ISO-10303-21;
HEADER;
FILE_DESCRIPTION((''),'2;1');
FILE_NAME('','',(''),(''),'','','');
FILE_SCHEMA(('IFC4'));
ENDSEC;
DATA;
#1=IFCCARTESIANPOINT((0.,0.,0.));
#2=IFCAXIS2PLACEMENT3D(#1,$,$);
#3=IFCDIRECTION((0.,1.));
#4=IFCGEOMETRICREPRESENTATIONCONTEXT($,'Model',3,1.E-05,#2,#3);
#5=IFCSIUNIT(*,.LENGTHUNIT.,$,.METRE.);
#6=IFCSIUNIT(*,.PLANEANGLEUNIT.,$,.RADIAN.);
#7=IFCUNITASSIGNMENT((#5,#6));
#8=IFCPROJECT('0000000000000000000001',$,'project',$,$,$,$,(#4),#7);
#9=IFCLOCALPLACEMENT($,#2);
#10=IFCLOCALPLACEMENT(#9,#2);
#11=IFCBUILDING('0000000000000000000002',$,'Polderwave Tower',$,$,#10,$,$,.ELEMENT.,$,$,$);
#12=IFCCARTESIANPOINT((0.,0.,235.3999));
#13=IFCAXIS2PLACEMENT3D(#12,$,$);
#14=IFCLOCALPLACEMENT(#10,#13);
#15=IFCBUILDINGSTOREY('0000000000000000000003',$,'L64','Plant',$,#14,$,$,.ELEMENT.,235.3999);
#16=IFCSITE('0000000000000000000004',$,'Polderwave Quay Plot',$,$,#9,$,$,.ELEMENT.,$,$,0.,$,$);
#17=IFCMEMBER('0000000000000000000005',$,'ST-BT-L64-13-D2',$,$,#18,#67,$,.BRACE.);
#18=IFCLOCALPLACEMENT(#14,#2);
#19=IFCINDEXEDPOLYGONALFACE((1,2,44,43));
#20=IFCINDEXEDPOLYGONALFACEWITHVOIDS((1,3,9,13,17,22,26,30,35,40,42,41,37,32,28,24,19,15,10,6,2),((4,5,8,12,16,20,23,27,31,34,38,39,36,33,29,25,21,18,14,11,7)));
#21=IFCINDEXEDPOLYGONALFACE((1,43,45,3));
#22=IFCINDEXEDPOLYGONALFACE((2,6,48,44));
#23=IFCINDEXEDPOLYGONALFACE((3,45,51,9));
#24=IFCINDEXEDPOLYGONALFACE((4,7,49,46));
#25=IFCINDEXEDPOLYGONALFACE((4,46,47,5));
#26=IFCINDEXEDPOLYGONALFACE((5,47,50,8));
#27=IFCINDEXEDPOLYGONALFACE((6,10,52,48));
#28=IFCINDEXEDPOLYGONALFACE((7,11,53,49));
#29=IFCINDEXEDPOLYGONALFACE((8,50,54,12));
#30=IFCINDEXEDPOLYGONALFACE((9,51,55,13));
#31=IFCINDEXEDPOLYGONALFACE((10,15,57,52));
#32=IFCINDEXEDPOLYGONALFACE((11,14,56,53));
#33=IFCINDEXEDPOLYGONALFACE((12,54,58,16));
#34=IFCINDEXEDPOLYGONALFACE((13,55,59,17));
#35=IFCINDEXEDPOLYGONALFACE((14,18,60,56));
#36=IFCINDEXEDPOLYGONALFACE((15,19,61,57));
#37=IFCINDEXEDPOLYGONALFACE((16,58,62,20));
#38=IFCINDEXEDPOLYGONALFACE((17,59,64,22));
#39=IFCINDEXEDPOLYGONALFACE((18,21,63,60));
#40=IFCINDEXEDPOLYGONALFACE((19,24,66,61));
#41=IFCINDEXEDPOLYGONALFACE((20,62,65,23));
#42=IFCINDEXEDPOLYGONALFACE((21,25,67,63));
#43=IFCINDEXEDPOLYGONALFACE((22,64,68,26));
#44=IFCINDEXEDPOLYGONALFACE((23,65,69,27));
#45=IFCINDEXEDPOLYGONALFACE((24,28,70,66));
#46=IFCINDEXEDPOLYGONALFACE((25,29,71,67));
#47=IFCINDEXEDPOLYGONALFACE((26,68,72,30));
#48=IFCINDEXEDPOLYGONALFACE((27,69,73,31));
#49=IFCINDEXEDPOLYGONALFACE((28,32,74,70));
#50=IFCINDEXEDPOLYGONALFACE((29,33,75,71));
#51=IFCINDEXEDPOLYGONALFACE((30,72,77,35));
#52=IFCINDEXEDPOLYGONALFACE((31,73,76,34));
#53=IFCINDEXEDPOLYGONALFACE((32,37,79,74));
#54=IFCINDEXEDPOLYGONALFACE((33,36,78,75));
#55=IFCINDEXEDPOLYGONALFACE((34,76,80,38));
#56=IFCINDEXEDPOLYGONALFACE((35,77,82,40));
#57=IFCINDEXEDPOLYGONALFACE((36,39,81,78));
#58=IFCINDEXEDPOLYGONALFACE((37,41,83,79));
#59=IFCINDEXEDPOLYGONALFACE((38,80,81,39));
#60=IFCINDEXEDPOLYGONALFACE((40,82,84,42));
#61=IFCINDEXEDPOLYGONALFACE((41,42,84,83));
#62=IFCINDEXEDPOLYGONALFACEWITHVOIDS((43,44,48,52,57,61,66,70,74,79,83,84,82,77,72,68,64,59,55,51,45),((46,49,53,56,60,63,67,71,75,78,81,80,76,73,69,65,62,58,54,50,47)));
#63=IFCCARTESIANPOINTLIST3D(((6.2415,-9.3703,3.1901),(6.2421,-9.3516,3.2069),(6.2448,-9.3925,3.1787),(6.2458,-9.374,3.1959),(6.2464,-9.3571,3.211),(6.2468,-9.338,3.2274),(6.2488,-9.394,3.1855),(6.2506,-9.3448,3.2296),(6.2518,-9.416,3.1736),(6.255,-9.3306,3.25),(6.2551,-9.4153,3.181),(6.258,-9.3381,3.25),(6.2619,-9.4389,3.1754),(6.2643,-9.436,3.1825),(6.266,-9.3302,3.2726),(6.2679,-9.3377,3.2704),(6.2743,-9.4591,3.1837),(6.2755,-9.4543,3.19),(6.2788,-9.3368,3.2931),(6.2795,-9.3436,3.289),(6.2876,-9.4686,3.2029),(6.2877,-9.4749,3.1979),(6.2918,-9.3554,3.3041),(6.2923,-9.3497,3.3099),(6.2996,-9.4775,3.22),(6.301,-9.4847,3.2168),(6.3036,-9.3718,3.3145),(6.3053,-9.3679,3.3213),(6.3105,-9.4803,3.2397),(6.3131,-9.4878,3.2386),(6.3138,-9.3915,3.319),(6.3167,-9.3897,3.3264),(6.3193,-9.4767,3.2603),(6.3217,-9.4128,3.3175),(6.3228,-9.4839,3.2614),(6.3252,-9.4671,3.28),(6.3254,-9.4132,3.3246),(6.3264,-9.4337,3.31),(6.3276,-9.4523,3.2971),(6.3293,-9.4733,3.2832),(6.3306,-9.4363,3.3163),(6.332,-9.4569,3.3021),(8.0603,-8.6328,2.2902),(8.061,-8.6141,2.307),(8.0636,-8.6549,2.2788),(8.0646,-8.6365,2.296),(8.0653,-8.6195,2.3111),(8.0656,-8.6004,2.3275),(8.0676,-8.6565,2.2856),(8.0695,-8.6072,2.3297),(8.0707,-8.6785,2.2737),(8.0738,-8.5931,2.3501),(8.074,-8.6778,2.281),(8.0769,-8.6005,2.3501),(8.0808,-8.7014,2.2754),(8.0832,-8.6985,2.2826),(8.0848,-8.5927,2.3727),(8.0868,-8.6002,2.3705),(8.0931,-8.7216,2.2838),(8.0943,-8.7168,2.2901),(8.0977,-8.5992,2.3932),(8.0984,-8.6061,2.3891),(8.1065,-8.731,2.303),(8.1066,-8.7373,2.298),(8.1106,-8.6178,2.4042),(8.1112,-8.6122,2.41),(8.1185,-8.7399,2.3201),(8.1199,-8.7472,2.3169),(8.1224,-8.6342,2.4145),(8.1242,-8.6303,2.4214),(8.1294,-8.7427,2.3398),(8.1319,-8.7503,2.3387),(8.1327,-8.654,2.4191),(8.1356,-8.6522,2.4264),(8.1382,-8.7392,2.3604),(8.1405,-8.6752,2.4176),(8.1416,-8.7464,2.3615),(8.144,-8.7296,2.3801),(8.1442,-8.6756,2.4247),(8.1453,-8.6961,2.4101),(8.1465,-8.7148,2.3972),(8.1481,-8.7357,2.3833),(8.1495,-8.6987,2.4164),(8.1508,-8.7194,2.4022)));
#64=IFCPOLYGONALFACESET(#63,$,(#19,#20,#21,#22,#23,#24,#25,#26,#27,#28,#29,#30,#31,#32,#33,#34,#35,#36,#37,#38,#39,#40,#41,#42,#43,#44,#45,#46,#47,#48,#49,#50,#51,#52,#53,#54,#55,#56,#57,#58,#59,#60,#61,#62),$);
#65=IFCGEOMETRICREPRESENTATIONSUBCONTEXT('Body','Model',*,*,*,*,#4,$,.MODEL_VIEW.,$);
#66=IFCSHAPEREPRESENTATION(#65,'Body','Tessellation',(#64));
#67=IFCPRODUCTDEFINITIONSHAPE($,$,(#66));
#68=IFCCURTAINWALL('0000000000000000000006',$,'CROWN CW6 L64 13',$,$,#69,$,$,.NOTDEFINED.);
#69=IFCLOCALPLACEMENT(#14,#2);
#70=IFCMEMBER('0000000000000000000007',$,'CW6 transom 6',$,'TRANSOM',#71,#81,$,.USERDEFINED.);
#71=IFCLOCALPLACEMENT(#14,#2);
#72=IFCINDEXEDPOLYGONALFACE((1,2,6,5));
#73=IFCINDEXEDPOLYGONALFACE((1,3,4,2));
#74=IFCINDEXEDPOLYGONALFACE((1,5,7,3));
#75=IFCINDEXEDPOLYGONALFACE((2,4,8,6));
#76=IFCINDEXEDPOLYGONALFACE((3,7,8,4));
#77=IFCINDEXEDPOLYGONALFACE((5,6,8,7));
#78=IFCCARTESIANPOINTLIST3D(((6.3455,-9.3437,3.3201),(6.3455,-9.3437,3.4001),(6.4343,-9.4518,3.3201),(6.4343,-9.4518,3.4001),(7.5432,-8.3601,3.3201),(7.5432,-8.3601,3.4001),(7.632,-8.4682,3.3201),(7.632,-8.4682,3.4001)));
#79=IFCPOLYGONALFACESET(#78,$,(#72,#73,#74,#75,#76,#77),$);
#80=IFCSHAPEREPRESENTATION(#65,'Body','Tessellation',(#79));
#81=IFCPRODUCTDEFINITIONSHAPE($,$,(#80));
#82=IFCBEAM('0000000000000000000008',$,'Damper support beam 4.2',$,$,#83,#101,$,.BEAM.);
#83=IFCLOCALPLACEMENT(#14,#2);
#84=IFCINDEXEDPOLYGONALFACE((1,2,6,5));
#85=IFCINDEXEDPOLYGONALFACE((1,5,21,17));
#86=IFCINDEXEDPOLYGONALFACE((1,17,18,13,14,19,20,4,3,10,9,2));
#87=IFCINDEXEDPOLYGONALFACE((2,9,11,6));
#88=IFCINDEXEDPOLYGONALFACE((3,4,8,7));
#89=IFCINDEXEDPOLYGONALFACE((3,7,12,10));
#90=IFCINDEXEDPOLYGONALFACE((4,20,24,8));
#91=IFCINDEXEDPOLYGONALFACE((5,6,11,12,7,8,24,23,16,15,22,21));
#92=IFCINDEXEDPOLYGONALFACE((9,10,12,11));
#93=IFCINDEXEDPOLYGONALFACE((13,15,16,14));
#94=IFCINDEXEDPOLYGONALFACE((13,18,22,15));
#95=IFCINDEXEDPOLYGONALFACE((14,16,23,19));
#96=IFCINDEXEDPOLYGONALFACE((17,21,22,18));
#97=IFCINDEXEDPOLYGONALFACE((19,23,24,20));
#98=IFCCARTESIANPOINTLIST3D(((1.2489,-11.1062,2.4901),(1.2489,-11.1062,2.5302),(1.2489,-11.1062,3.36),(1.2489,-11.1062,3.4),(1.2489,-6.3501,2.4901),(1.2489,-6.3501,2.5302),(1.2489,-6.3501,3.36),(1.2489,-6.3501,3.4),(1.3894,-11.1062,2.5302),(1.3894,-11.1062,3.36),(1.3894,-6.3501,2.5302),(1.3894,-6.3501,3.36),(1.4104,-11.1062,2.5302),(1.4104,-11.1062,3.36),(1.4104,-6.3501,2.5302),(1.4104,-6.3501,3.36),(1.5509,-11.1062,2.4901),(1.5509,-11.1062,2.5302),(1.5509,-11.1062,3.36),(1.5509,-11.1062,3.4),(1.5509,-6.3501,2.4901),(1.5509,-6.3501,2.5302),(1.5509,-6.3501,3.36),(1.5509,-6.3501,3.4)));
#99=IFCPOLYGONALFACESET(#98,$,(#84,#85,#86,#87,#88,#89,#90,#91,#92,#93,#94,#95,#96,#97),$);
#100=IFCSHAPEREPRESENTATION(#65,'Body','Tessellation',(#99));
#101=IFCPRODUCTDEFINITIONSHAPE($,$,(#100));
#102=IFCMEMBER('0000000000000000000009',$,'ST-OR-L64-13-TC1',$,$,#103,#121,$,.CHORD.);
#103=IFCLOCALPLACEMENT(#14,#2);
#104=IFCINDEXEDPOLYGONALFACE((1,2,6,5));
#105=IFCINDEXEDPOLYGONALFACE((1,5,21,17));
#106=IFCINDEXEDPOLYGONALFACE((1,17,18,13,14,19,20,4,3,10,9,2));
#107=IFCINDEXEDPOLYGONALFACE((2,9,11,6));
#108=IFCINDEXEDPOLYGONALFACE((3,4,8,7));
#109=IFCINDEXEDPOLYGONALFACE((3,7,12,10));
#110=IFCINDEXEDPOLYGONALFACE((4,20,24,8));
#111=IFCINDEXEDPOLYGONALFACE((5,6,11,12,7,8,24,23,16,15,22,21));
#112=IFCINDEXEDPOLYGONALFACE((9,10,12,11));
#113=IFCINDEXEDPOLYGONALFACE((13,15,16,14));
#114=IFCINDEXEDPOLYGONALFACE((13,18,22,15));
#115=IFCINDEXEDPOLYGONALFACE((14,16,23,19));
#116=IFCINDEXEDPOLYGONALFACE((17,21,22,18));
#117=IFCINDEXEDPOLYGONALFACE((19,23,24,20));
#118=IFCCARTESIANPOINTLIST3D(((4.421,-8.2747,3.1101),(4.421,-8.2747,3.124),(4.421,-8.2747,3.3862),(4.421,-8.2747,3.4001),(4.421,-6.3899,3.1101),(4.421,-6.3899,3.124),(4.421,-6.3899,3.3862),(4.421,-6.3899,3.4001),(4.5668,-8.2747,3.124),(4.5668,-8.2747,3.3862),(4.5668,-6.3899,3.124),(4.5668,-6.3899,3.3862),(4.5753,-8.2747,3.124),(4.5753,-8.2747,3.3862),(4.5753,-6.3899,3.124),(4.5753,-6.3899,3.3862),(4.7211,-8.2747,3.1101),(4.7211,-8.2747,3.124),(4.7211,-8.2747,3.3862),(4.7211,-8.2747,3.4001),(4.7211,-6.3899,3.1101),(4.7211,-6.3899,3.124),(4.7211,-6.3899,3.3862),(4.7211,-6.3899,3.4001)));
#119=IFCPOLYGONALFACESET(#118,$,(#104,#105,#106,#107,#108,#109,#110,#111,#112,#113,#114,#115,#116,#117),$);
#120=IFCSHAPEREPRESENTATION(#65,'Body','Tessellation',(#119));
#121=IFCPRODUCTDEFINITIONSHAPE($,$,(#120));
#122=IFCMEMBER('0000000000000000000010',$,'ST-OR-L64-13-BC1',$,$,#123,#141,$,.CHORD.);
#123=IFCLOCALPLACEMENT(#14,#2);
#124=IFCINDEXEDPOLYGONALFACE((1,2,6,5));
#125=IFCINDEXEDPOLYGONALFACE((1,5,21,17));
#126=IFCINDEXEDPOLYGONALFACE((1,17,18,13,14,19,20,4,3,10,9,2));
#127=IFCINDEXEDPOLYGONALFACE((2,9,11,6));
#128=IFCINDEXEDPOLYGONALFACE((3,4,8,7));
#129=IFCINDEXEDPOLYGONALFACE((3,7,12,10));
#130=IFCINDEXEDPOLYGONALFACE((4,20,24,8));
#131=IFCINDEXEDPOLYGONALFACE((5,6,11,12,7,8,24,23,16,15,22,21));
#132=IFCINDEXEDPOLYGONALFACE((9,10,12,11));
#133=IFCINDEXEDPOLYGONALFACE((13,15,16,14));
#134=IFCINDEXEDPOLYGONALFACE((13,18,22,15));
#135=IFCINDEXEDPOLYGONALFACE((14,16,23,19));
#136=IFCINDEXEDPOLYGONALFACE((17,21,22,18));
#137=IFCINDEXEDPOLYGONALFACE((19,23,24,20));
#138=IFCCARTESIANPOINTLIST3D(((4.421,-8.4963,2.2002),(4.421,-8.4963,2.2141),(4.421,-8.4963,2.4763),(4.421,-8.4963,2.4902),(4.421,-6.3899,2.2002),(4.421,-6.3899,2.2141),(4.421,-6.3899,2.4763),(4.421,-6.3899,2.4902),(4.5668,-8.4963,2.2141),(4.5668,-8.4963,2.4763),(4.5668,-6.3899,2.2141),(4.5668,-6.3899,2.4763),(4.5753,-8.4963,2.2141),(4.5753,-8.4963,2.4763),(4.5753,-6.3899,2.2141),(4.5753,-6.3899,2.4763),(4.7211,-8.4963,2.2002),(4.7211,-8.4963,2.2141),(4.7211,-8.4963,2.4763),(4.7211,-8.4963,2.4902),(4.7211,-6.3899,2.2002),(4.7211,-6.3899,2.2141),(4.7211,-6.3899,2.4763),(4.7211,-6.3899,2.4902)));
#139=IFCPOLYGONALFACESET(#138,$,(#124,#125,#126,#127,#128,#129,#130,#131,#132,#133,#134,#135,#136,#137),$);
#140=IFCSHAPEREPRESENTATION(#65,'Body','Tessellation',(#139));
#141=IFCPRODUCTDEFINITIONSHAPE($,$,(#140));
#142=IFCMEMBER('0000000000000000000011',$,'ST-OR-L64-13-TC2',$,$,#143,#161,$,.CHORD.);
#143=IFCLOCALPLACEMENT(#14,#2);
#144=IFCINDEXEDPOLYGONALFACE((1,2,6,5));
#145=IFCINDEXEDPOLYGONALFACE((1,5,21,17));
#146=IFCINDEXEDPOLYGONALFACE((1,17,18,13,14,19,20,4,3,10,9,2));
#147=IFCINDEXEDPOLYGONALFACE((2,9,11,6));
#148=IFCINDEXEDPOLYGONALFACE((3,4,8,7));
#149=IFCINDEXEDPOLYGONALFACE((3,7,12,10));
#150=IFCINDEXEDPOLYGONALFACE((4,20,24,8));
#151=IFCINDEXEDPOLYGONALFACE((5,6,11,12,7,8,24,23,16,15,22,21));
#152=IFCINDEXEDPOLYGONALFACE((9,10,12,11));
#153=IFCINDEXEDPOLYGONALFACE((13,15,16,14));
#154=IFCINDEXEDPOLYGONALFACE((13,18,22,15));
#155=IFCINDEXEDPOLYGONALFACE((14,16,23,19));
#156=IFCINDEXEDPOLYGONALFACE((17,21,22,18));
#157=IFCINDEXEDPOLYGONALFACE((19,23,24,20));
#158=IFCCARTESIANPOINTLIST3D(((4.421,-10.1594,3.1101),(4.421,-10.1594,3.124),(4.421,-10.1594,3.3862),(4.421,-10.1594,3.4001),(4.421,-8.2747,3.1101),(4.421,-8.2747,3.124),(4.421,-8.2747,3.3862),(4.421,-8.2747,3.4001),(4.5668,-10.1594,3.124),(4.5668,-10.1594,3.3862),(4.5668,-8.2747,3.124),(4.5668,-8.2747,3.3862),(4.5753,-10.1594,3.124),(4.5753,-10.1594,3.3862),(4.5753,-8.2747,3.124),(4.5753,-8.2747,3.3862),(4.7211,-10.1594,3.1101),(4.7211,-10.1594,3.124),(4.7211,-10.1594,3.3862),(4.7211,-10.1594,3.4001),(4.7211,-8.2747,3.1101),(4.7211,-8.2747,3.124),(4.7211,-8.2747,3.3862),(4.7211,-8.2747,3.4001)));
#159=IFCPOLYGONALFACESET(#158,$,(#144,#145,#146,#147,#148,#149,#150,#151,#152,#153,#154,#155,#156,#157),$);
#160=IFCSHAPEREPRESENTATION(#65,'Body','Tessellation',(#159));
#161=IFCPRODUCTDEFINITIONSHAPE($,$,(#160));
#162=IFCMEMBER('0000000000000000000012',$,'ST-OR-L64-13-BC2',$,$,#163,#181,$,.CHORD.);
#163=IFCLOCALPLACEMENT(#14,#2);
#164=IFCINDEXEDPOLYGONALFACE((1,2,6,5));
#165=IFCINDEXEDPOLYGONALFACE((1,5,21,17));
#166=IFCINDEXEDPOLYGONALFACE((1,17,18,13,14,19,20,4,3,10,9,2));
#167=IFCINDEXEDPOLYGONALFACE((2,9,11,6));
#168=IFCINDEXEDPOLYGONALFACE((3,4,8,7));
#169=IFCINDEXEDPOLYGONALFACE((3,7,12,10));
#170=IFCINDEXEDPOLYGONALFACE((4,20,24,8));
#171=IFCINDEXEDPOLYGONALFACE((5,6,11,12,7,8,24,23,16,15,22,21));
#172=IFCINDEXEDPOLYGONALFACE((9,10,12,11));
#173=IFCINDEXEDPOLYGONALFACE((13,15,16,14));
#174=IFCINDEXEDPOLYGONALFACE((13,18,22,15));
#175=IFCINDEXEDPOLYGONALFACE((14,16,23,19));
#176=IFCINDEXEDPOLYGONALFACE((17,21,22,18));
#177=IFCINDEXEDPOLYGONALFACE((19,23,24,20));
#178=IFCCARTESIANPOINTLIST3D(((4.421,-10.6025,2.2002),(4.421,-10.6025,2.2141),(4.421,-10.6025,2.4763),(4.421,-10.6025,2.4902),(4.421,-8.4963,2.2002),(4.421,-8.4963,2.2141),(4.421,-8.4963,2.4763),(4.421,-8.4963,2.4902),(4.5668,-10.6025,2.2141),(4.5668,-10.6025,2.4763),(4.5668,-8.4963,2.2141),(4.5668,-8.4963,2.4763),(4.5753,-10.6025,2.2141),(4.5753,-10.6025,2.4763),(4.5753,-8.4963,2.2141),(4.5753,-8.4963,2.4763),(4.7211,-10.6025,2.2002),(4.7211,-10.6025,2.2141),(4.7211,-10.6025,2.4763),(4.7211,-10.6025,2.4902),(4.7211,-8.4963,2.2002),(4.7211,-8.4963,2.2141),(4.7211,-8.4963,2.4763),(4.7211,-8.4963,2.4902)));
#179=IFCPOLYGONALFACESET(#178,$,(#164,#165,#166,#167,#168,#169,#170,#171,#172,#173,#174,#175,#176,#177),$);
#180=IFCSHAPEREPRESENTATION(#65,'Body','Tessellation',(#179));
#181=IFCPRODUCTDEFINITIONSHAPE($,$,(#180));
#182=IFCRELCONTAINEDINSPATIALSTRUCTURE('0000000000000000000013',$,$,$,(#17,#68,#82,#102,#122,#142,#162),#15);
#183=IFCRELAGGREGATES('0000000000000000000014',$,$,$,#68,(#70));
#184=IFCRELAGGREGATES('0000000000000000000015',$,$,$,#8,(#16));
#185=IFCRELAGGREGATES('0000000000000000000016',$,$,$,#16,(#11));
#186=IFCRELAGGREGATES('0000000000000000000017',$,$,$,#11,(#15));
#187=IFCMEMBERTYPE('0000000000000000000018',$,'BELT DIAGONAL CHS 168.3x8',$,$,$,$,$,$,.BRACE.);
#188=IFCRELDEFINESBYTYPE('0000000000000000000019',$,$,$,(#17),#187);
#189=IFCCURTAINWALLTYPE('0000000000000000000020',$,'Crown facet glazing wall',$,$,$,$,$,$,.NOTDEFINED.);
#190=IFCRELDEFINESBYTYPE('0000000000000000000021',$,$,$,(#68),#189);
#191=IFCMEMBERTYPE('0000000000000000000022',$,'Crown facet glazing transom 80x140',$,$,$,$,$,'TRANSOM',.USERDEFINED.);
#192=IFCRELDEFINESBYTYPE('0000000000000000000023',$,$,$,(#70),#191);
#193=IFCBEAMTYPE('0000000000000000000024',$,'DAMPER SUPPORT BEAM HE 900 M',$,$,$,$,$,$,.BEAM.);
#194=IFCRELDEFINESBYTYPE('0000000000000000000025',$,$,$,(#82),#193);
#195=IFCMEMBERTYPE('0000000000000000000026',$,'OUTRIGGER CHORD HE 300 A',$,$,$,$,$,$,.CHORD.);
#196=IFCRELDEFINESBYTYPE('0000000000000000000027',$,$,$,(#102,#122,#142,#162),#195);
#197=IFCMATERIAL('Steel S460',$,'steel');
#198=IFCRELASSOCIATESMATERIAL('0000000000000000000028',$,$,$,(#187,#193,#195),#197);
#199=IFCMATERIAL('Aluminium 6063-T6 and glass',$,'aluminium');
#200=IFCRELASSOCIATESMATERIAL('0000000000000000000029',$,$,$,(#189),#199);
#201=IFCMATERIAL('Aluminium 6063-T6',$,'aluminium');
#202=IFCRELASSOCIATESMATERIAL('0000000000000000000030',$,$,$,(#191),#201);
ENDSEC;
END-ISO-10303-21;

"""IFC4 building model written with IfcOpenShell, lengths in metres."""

from ifc_helpers import new_model, si_unit, direction, frame, origin, origin_2d, place, context, subcontext, project, spatial, rectangle, hollow_circle, i_section, extrude, material, material_profile, profile_set, type_object, element, aggregate, save


model = new_model("IFC4")

# Units and contexts
model_context = context("Model", 3, precision=1e-05, world=origin(), true_north=direction((0.0, 1.0)))
body_context = subcontext(model_context, "Body", "Model", "MODEL_VIEW")
ifc_project = project(units=[si_unit("LENGTHUNIT", "METRE"), si_unit("PLANEANGLEUNIT", "RADIAN")], contexts=[model_context])

# Site, building, storey
site_placement = place(None, origin())
site = spatial("IfcSite", under=ifc_project, at=site_placement, Name="Polderwave Quay Plot", CompositionType="ELEMENT", RefElevation=0.0)
building_placement = place(site_placement, origin())
building = spatial("IfcBuilding", under=site, at=building_placement, Name="Polderwave Tower", CompositionType="ELEMENT")
storey_placement = place(building_placement, frame((0.0, 0.0, 235.3999)))
storey = spatial("IfcBuildingStorey", under=building, at=storey_placement, Name="L64", Description="Plant", CompositionType="ELEMENT", Elevation=235.3999)

# Member
ifc_material_1 = material(Name="Steel S460", Category="steel")
ifc_material_profile_1 = material_profile(ifc_material_1, hollow_circle(Radius=0.0842, WallThickness=0.0081, at=origin_2d()), Name="CHS 168.3x8")
ifc_profile_set_1 = profile_set([ifc_material_profile_1], Name="Steel S460")
member_type_1 = type_object("IfcMemberType", Name="BELT DIAGONAL CHS 168.3x8", PredefinedType="BRACE", material=ifc_profile_set_1)
member_1_placement = place(storey_placement, frame((6.2866, -9.4087, 3.25), z_axis=(0.842383, 0.341589, -0.416782), x_axis=(-0.375783, 0.926708, 0.0)))
element("IfcMember", 1, at=member_1_placement, inside=storey, type_object=member_type_1, Name="ST-BT-L64-13-D2", PredefinedType="BRACE", context=body_context, shape_type="SweptSolid", body=[
    extrude(hollow_circle(Radius=0.0842, WallThickness=0.0081, at=origin_2d()), origin(), (0.0, 0.0, 1.0), 2.1592),
])

# Curtain wall, member
ifc_material_2 = material(Name="Aluminium 6063-T6 and glass", Category="aluminium")
curtain_wall_type = type_object("IfcCurtainWallType", Name="Crown facet glazing wall", PredefinedType="NOTDEFINED", material=ifc_material_2)
curtain_wall_placement = place(storey_placement, origin())
curtain_wall = element("IfcCurtainWall", 2, at=curtain_wall_placement, inside=storey, type_object=curtain_wall_type, Name="CROWN CW6 L64 13", PredefinedType="NOTDEFINED")
ifc_material_3 = material(Name="Aluminium 6063-T6", Category="aluminium")
ifc_material_profile_2 = material_profile(ifc_material_3, rectangle(XDim=0.1399, YDim=0.0801, at=origin_2d()), Name="AL 80x140")
ifc_profile_set_2 = profile_set([ifc_material_profile_2], Name="Aluminium 6063-T6")
member_type_2 = type_object("IfcMemberType", Name="Crown facet glazing transom 80x140", ElementType="TRANSOM", PredefinedType="USERDEFINED", material=ifc_profile_set_2)
member_2_placement = place(storey_placement, frame((6.3899, -9.3977, 3.3601), z_axis=(0.772798, 0.634652, 0.0), x_axis=(-0.634652, 0.772798, 0.0)))
member_2 = element("IfcMember", 3, at=member_2_placement, type_object=member_type_2, Name="CW6 transom 6", ObjectType="TRANSOM", PredefinedType="USERDEFINED", context=body_context, shape_type="SweptSolid", body=[
    extrude(rectangle(XDim=0.1399, YDim=0.0801, at=origin_2d()), origin(), (0.0, 0.0, 1.0), 1.5498),
])
aggregate(curtain_wall, [member_2])

# Beam
ifc_material_profile_3 = material_profile(ifc_material_1, i_section(OverallWidth=0.302, OverallDepth=0.9099, WebThickness=0.021, FlangeThickness=0.04, at=origin_2d()), Name="HE 900 M")
ifc_profile_set_3 = profile_set([ifc_material_profile_3], Name="Steel S460")
beam_type = type_object("IfcBeamType", Name="DAMPER SUPPORT BEAM HE 900 M", PredefinedType="BEAM", material=ifc_profile_set_3)
beam_placement = place(storey_placement, frame((1.3999, -6.3501, 2.9451), z_axis=(0.0, -1.0, 0.0), x_axis=(1.0, 0.0, 0.0)))
element("IfcBeam", 4, at=beam_placement, inside=storey, type_object=beam_type, Name="Damper support beam 4.2", PredefinedType="BEAM", context=body_context, shape_type="SweptSolid", body=[
    extrude(i_section(OverallWidth=0.302, OverallDepth=0.9099, WebThickness=0.021, FlangeThickness=0.04, at=origin_2d()), origin(), (0.0, 0.0, 1.0), 4.7561),
])

# Members
ifc_material_profile_4 = material_profile(ifc_material_1, i_section(OverallWidth=0.3, OverallDepth=0.29, WebThickness=0.0085, FlangeThickness=0.0139, at=origin_2d()), Name="HE 300 A")
ifc_profile_set_4 = profile_set([ifc_material_profile_4], Name="Steel S460")
member_type_3 = type_object("IfcMemberType", Name="OUTRIGGER CHORD HE 300 A", PredefinedType="CHORD", material=ifc_profile_set_4)
member_3_placement = place(storey_placement, frame((4.571, -6.3899, 3.2551), z_axis=(0.0, -1.0, 0.0), x_axis=(1.0, 0.0, 0.0)))
element("IfcMember", 5, at=member_3_placement, inside=storey, type_object=member_type_3, Name="ST-OR-L64-13-TC1", PredefinedType="CHORD", context=body_context, shape_type="SweptSolid", body=[
    extrude(i_section(OverallWidth=0.3, OverallDepth=0.29, WebThickness=0.0085, FlangeThickness=0.0139, at=origin_2d()), origin(), (0.0, 0.0, 1.0), 1.8848),
])
member_4_placement = place(storey_placement, frame((4.571, -6.3899, 2.3452), z_axis=(0.0, -1.0, 0.0), x_axis=(1.0, 0.0, 0.0)))
element("IfcMember", 6, at=member_4_placement, inside=storey, type_object=member_type_3, Name="ST-OR-L64-13-BC1", PredefinedType="CHORD", context=body_context, shape_type="SweptSolid", body=[
    extrude(i_section(OverallWidth=0.3, OverallDepth=0.29, WebThickness=0.0085, FlangeThickness=0.0139, at=origin_2d()), origin(), (0.0, 0.0, 1.0), 2.1064),
])
member_5_placement = place(storey_placement, frame((4.571, -8.2747, 3.2551), z_axis=(0.0, -1.0, 0.0), x_axis=(1.0, 0.0, 0.0)))
element("IfcMember", 7, at=member_5_placement, inside=storey, type_object=member_type_3, Name="ST-OR-L64-13-TC2", PredefinedType="CHORD", context=body_context, shape_type="SweptSolid", body=[
    extrude(i_section(OverallWidth=0.3, OverallDepth=0.29, WebThickness=0.0085, FlangeThickness=0.0139, at=origin_2d()), origin(), (0.0, 0.0, 1.0), 1.8848),
])
member_6_placement = place(storey_placement, frame((4.571, -8.4963, 2.3452), z_axis=(0.0, -1.0, 0.0), x_axis=(1.0, 0.0, 0.0)))
element("IfcMember", 8, at=member_6_placement, inside=storey, type_object=member_type_3, Name="ST-OR-L64-13-BC2", PredefinedType="CHORD", context=body_context, shape_type="SweptSolid", body=[
    extrude(i_section(OverallWidth=0.3, OverallDepth=0.29, WebThickness=0.0085, FlangeThickness=0.0139, at=origin_2d()), origin(), (0.0, 0.0, 1.0), 2.1062),
])

save(model, "model.ifc")
